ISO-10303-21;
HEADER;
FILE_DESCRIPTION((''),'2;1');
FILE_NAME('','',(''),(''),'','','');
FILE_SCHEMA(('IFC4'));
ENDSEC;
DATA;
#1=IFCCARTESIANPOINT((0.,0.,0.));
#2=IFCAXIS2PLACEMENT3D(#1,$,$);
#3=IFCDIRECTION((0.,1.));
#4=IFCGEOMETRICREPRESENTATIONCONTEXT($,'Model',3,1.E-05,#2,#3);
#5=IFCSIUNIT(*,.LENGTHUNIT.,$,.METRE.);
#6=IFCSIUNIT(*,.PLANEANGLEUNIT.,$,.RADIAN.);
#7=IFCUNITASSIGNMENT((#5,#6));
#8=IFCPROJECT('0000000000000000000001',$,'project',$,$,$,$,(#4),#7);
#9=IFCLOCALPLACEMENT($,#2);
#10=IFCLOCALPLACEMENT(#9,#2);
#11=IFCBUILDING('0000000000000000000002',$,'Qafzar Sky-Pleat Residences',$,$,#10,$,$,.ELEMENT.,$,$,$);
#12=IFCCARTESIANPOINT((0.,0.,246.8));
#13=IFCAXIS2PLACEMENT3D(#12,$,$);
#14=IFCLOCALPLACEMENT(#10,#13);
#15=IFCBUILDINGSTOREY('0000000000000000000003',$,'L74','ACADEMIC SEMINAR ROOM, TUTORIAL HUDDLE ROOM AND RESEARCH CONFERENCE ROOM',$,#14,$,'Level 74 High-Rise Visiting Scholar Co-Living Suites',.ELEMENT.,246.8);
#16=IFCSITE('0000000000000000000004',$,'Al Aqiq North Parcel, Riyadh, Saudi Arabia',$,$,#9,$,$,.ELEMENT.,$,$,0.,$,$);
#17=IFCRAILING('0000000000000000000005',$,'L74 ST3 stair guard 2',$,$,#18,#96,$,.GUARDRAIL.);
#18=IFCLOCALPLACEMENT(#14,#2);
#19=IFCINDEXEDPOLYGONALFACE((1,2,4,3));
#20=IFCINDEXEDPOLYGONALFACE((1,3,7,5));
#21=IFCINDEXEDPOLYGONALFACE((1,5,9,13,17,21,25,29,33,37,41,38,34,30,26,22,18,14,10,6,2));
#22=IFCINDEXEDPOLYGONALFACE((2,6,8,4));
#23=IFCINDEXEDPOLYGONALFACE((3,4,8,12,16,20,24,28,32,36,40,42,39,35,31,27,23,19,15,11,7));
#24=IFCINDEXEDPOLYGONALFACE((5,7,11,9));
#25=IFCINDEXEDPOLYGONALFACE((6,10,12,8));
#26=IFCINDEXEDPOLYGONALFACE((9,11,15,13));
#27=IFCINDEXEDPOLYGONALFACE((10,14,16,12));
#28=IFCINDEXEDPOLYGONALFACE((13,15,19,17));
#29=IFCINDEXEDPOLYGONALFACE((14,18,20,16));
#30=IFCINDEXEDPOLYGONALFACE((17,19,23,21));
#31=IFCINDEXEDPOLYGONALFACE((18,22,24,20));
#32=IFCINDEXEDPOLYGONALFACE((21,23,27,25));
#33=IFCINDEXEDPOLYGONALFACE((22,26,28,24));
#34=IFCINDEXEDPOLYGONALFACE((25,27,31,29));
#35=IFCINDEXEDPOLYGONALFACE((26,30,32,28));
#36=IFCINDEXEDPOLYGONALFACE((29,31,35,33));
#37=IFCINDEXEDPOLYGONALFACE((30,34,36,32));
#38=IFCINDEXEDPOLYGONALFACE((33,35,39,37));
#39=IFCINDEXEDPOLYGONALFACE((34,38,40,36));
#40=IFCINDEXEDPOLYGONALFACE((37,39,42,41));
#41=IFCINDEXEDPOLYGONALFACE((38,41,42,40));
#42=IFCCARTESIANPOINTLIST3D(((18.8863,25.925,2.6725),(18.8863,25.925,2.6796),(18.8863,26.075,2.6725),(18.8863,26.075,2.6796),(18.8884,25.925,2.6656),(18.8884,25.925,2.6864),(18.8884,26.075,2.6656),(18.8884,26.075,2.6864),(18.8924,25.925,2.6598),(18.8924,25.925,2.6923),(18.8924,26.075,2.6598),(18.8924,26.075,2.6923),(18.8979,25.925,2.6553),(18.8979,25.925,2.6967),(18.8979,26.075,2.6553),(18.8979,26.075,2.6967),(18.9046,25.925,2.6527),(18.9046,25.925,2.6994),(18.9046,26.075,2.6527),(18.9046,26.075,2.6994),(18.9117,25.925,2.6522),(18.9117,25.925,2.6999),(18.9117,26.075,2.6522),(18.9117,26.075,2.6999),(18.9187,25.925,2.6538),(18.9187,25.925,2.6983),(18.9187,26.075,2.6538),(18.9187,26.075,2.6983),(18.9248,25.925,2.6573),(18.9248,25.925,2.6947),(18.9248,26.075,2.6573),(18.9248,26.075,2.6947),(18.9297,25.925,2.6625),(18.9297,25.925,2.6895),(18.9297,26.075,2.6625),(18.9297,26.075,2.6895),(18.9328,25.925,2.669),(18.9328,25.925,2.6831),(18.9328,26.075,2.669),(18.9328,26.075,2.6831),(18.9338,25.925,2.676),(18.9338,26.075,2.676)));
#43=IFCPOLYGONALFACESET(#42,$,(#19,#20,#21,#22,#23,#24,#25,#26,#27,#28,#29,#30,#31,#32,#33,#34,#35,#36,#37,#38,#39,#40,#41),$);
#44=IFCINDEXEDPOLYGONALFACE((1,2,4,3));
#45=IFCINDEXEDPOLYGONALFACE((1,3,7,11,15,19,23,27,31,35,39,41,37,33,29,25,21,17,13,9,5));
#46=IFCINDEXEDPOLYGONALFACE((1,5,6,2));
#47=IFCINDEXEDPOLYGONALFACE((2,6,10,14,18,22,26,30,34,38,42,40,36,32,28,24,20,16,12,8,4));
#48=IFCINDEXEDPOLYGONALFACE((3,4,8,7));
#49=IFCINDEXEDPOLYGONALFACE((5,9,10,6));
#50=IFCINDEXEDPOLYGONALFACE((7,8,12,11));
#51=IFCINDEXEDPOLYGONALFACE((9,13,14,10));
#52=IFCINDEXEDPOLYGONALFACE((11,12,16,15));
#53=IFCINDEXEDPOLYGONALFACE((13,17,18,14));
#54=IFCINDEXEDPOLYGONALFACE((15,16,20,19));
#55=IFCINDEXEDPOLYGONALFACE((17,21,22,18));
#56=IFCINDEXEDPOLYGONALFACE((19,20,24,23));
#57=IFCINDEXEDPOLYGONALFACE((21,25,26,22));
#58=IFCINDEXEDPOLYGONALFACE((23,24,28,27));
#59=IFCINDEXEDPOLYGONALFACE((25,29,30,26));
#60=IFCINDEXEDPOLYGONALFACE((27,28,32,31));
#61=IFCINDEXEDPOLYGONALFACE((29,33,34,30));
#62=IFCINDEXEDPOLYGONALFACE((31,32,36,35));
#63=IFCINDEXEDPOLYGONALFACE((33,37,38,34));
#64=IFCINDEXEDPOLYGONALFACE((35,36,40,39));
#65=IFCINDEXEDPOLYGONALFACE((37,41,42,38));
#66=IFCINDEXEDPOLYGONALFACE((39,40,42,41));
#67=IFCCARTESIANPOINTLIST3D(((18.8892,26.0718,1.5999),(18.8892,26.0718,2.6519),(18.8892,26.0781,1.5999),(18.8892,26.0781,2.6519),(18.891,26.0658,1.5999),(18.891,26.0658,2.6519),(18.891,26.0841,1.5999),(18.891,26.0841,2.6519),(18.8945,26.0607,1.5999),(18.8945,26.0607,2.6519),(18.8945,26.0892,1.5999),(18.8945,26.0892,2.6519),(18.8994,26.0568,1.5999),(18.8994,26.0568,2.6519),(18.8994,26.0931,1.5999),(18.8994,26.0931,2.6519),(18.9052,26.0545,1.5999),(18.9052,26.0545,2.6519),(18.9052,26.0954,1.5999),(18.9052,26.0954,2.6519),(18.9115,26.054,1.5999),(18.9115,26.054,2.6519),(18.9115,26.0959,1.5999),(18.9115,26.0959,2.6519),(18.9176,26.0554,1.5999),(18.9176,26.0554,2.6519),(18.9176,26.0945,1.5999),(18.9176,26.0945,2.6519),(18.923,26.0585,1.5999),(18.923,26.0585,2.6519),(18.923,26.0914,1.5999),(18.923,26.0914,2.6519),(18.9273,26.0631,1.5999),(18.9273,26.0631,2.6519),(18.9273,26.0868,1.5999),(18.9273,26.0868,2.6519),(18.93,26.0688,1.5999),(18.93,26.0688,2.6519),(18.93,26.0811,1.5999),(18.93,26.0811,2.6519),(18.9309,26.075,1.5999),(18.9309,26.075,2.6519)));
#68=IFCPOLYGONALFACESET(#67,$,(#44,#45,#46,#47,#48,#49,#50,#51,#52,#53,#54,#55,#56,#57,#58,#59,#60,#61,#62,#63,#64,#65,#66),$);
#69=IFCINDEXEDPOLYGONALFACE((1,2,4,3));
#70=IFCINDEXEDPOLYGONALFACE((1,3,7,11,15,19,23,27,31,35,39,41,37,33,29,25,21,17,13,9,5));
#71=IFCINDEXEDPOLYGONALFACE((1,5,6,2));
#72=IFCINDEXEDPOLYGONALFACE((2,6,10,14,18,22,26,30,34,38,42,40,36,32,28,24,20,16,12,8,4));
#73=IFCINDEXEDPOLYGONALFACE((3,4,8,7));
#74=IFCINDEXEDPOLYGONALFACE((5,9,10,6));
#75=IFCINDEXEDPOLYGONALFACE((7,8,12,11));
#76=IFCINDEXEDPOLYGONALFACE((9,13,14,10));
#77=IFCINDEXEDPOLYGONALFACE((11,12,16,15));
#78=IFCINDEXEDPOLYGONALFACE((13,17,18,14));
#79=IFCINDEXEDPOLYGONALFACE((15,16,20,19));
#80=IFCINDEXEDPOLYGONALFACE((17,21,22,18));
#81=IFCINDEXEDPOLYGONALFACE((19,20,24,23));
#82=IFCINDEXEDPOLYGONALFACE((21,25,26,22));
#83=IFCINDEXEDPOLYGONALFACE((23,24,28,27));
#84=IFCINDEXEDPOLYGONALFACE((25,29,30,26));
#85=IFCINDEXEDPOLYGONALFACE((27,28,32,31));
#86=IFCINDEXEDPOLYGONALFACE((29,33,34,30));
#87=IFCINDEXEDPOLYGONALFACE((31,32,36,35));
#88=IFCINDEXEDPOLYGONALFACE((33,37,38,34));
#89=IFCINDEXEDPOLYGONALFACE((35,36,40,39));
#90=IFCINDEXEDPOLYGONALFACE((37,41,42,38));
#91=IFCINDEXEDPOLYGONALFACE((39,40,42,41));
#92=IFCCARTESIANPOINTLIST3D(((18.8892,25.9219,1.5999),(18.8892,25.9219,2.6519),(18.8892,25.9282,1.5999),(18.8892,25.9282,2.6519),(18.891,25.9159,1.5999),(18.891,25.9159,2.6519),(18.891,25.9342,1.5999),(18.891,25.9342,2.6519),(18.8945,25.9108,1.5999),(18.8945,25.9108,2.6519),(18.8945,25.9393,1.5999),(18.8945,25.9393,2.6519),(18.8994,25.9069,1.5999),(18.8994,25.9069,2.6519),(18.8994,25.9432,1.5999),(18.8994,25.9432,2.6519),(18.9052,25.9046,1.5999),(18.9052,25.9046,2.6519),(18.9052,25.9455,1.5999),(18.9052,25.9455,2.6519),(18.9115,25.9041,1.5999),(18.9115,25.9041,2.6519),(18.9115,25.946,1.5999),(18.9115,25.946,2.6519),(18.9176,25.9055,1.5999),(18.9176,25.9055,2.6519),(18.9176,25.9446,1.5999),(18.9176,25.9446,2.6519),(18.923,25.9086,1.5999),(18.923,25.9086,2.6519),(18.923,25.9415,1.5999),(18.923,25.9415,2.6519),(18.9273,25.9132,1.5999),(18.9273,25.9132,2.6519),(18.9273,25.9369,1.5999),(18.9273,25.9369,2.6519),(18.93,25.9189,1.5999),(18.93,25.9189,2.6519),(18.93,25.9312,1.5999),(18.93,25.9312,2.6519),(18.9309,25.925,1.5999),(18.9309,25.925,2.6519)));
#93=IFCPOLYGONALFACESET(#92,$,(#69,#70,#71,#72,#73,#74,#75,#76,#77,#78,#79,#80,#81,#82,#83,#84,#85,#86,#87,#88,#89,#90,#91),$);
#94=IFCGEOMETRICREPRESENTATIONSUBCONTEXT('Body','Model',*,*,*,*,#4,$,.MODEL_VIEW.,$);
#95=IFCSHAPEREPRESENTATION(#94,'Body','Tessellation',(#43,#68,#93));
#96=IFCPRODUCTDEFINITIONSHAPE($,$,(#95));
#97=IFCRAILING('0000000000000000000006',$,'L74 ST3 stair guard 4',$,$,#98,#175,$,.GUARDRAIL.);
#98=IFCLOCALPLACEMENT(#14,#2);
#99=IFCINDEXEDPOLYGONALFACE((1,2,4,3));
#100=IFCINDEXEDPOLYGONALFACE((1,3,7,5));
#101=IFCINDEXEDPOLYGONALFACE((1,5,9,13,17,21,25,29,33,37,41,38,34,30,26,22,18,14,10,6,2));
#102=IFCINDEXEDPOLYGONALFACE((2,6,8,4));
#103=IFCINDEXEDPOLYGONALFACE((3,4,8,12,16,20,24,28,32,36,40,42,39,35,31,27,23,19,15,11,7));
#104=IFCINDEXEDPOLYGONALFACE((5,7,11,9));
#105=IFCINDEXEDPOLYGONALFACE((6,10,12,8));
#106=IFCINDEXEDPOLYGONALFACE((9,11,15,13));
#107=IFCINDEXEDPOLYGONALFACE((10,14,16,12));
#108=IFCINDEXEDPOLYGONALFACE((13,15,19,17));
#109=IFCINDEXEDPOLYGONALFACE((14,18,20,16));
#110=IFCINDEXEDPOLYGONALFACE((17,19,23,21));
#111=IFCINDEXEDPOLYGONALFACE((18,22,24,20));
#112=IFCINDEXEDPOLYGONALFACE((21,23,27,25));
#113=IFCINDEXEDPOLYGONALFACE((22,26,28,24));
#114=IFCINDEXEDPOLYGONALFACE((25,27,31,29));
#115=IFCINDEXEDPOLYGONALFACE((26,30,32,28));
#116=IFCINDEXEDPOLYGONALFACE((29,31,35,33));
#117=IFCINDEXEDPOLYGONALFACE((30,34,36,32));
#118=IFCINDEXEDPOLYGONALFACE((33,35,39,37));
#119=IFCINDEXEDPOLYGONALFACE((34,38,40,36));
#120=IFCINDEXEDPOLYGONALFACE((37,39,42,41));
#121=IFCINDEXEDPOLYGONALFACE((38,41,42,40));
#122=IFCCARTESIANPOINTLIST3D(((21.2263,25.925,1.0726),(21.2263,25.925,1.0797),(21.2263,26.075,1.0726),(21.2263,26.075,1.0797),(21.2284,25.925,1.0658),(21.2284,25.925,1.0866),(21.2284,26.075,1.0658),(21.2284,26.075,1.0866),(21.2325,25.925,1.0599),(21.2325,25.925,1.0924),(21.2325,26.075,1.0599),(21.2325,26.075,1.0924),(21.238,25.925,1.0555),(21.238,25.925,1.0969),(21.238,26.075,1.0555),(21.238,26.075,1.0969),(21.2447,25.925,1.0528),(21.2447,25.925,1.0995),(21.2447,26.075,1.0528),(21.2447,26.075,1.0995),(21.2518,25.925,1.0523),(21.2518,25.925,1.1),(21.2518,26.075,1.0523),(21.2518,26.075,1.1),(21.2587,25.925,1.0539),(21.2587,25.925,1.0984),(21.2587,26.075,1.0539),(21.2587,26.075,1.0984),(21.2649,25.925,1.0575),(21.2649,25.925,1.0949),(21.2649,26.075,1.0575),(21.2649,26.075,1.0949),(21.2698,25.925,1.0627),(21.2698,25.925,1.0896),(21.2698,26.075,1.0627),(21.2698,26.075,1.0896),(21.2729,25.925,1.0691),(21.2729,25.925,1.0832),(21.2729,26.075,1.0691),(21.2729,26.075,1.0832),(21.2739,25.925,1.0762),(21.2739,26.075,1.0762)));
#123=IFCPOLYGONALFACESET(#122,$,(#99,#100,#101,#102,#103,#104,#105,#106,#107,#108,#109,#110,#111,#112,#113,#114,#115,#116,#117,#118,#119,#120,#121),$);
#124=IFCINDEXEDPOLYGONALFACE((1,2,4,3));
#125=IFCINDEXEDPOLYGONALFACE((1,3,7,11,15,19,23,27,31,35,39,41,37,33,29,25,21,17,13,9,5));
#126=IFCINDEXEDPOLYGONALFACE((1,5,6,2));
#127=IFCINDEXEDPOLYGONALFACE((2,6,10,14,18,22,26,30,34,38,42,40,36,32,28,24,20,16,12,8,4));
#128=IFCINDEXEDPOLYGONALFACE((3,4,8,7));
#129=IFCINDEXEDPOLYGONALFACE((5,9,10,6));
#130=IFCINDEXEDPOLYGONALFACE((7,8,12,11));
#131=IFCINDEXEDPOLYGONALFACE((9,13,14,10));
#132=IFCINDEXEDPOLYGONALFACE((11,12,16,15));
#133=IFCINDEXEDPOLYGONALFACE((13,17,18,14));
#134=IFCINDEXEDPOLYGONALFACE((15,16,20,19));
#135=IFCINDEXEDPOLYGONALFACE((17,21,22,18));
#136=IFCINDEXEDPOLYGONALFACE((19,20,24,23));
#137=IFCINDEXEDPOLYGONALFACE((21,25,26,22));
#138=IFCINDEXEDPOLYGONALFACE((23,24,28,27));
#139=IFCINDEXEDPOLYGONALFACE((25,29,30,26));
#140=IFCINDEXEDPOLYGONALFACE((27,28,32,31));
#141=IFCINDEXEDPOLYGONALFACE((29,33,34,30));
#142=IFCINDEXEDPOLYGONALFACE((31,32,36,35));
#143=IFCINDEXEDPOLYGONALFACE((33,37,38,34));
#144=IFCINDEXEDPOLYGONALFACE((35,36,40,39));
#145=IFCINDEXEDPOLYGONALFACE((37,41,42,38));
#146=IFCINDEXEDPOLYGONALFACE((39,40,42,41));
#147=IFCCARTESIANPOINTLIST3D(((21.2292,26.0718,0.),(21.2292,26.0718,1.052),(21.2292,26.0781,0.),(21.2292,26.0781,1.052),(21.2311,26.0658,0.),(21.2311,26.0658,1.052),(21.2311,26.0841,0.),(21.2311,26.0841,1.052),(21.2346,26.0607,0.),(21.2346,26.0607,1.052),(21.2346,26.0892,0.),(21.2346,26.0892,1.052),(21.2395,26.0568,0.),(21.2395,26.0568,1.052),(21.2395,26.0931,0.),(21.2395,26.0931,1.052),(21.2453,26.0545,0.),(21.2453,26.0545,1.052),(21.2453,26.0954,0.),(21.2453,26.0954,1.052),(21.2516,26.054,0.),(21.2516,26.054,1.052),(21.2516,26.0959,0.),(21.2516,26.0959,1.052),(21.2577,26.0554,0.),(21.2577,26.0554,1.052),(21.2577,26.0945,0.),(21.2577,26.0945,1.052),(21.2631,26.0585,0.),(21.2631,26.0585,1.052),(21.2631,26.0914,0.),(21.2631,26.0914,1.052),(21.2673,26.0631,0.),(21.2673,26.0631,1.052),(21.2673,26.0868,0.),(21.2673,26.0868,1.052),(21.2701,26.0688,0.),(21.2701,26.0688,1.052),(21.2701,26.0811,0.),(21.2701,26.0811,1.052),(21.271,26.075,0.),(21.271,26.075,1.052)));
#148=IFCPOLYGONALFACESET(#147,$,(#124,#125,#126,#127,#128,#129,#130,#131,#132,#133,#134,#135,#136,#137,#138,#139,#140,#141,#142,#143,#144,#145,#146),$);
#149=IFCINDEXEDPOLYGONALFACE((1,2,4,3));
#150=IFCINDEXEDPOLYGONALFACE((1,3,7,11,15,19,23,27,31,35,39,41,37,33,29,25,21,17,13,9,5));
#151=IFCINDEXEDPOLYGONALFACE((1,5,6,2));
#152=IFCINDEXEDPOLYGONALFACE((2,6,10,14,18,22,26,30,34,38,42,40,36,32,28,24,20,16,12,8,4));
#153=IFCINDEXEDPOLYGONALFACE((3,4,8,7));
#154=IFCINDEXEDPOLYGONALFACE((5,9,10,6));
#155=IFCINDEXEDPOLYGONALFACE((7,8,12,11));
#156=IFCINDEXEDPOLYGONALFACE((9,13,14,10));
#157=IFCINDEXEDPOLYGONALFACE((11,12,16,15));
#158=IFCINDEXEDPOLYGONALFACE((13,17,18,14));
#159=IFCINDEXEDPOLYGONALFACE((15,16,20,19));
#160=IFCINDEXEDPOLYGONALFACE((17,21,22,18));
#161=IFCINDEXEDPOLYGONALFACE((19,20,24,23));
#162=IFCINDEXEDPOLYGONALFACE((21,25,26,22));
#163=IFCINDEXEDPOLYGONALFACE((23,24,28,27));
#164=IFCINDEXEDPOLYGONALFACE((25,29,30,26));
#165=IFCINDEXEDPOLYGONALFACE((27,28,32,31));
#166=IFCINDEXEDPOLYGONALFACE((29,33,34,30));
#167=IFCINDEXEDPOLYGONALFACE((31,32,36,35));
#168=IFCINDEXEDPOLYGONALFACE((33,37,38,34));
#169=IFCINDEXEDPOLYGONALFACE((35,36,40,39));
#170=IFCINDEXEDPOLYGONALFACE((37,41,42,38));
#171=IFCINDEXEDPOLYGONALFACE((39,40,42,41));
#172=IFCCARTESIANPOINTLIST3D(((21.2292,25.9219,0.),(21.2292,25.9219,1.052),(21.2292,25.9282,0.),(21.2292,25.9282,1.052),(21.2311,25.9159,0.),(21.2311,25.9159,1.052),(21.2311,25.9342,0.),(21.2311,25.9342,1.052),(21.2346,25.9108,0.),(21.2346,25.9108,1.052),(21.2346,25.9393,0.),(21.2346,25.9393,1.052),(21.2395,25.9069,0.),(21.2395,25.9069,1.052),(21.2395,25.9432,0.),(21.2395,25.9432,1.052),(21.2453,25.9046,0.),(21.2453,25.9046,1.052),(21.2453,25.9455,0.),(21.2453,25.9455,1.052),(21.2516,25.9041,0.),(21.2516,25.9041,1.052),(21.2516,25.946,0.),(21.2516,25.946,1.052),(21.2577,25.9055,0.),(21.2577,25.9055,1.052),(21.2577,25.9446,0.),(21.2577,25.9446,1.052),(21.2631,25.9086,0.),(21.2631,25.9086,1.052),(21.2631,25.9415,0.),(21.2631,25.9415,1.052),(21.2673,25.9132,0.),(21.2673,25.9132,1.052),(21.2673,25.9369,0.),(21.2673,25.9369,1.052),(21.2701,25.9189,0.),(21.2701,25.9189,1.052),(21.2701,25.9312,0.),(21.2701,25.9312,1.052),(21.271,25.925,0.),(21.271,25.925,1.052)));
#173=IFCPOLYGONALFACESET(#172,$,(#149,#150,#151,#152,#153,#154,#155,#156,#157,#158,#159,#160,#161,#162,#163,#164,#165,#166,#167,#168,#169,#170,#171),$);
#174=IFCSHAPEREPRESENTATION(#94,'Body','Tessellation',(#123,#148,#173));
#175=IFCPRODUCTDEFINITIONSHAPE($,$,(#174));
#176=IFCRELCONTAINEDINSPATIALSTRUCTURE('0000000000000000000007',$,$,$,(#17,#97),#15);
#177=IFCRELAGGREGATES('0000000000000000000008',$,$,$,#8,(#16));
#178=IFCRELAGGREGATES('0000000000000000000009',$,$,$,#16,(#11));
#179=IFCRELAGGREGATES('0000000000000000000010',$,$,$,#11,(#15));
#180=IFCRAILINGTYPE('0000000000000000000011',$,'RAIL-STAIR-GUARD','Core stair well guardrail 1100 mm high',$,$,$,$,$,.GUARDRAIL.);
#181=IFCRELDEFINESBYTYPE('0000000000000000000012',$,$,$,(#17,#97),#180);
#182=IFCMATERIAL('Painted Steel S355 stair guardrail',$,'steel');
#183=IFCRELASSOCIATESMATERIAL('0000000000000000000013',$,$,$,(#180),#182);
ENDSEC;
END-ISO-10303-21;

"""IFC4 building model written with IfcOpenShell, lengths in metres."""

from ifc_helpers import new_model, si_unit, direction, frame, origin, origin_2d, place, context, subcontext, project, spatial, circle, extrude, source, transform, mapped, material, type_object, element, save


model = new_model("IFC4")

# Units and contexts
model_context = context("Model", 3, precision=1e-05, world=origin(), true_north=direction((0.0, 1.0)))
body_context = subcontext(model_context, "Body", "Model", "MODEL_VIEW")
ifc_project = project(units=[si_unit("LENGTHUNIT", "METRE"), si_unit("PLANEANGLEUNIT", "RADIAN")], contexts=[model_context])

# Site, building, storey
site_placement = place(None, origin())
site = spatial("IfcSite", under=ifc_project, at=site_placement, Name="Al Aqiq North Parcel, Riyadh, Saudi Arabia", CompositionType="ELEMENT", RefElevation=0.0)
building_placement = place(site_placement, origin())
building = spatial("IfcBuilding", under=site, at=building_placement, Name="Qafzar Sky-Pleat Residences", CompositionType="ELEMENT")
storey_placement = place(building_placement, frame((0.0, 0.0, 246.8)))
storey = spatial("IfcBuildingStorey", under=building, at=storey_placement, Name="L74", Description="ACADEMIC SEMINAR ROOM, TUTORIAL HUDDLE ROOM AND RESEARCH CONFERENCE ROOM", LongName="Level 74 High-Rise Visiting Scholar Co-Living Suites", CompositionType="ELEMENT", Elevation=246.8)

# Railings
ifc_material_1 = material(Name="Painted Steel S355 stair guardrail", Category="steel")
railing_type_1 = type_object("IfcRailingType", Name="RAIL-STAIR-GUARD", Description="Core stair well guardrail 1100 mm high", PredefinedType="GUARDRAIL", material=ifc_material_1)
shared_shape_1 = source(origin(), body_context, "Body", "SweptSolid", [
    extrude(circle(Radius=0.0239, at=origin_2d()), frame((0.0, 0.0, 1.0762), z_axis=(0.0, -1.0, 0.0), x_axis=(1.0, 0.0, 0.0)), (0.0, 0.0, 1.0), 0.1499),
    extrude(circle(Radius=0.021, at=origin_2d()), origin(), (0.0, 0.0, 1.0), 1.052),
    extrude(circle(Radius=0.021, at=origin_2d()), frame((0.0, -0.1499, 0.0)), (0.0, 0.0, 1.0), 1.052),
])
for number, where, name in (
    (1, (18.9099, 26.075, 1.5999), "L74 ST3 stair guard 2"),
    (2, (21.25, 26.075, 0.0), "L74 ST3 stair guard 4"),
):
    element("IfcRailing", number, at=place(storey_placement, frame(where)), inside=storey, type_object=railing_type_1, Name=name, PredefinedType="GUARDRAIL", context=body_context, shape_type="MappedRepresentation", body=[
        mapped(shared_shape_1, transform((0.0, 0.0, 0.0), x_axis=(1.0, 0.0, 0.0), y_axis=(0.0, 1.0, 0.0), z_axis=(0.0, 0.0, 1.0), scale=1.0)),
    ])

save(model, "model.ifc")
